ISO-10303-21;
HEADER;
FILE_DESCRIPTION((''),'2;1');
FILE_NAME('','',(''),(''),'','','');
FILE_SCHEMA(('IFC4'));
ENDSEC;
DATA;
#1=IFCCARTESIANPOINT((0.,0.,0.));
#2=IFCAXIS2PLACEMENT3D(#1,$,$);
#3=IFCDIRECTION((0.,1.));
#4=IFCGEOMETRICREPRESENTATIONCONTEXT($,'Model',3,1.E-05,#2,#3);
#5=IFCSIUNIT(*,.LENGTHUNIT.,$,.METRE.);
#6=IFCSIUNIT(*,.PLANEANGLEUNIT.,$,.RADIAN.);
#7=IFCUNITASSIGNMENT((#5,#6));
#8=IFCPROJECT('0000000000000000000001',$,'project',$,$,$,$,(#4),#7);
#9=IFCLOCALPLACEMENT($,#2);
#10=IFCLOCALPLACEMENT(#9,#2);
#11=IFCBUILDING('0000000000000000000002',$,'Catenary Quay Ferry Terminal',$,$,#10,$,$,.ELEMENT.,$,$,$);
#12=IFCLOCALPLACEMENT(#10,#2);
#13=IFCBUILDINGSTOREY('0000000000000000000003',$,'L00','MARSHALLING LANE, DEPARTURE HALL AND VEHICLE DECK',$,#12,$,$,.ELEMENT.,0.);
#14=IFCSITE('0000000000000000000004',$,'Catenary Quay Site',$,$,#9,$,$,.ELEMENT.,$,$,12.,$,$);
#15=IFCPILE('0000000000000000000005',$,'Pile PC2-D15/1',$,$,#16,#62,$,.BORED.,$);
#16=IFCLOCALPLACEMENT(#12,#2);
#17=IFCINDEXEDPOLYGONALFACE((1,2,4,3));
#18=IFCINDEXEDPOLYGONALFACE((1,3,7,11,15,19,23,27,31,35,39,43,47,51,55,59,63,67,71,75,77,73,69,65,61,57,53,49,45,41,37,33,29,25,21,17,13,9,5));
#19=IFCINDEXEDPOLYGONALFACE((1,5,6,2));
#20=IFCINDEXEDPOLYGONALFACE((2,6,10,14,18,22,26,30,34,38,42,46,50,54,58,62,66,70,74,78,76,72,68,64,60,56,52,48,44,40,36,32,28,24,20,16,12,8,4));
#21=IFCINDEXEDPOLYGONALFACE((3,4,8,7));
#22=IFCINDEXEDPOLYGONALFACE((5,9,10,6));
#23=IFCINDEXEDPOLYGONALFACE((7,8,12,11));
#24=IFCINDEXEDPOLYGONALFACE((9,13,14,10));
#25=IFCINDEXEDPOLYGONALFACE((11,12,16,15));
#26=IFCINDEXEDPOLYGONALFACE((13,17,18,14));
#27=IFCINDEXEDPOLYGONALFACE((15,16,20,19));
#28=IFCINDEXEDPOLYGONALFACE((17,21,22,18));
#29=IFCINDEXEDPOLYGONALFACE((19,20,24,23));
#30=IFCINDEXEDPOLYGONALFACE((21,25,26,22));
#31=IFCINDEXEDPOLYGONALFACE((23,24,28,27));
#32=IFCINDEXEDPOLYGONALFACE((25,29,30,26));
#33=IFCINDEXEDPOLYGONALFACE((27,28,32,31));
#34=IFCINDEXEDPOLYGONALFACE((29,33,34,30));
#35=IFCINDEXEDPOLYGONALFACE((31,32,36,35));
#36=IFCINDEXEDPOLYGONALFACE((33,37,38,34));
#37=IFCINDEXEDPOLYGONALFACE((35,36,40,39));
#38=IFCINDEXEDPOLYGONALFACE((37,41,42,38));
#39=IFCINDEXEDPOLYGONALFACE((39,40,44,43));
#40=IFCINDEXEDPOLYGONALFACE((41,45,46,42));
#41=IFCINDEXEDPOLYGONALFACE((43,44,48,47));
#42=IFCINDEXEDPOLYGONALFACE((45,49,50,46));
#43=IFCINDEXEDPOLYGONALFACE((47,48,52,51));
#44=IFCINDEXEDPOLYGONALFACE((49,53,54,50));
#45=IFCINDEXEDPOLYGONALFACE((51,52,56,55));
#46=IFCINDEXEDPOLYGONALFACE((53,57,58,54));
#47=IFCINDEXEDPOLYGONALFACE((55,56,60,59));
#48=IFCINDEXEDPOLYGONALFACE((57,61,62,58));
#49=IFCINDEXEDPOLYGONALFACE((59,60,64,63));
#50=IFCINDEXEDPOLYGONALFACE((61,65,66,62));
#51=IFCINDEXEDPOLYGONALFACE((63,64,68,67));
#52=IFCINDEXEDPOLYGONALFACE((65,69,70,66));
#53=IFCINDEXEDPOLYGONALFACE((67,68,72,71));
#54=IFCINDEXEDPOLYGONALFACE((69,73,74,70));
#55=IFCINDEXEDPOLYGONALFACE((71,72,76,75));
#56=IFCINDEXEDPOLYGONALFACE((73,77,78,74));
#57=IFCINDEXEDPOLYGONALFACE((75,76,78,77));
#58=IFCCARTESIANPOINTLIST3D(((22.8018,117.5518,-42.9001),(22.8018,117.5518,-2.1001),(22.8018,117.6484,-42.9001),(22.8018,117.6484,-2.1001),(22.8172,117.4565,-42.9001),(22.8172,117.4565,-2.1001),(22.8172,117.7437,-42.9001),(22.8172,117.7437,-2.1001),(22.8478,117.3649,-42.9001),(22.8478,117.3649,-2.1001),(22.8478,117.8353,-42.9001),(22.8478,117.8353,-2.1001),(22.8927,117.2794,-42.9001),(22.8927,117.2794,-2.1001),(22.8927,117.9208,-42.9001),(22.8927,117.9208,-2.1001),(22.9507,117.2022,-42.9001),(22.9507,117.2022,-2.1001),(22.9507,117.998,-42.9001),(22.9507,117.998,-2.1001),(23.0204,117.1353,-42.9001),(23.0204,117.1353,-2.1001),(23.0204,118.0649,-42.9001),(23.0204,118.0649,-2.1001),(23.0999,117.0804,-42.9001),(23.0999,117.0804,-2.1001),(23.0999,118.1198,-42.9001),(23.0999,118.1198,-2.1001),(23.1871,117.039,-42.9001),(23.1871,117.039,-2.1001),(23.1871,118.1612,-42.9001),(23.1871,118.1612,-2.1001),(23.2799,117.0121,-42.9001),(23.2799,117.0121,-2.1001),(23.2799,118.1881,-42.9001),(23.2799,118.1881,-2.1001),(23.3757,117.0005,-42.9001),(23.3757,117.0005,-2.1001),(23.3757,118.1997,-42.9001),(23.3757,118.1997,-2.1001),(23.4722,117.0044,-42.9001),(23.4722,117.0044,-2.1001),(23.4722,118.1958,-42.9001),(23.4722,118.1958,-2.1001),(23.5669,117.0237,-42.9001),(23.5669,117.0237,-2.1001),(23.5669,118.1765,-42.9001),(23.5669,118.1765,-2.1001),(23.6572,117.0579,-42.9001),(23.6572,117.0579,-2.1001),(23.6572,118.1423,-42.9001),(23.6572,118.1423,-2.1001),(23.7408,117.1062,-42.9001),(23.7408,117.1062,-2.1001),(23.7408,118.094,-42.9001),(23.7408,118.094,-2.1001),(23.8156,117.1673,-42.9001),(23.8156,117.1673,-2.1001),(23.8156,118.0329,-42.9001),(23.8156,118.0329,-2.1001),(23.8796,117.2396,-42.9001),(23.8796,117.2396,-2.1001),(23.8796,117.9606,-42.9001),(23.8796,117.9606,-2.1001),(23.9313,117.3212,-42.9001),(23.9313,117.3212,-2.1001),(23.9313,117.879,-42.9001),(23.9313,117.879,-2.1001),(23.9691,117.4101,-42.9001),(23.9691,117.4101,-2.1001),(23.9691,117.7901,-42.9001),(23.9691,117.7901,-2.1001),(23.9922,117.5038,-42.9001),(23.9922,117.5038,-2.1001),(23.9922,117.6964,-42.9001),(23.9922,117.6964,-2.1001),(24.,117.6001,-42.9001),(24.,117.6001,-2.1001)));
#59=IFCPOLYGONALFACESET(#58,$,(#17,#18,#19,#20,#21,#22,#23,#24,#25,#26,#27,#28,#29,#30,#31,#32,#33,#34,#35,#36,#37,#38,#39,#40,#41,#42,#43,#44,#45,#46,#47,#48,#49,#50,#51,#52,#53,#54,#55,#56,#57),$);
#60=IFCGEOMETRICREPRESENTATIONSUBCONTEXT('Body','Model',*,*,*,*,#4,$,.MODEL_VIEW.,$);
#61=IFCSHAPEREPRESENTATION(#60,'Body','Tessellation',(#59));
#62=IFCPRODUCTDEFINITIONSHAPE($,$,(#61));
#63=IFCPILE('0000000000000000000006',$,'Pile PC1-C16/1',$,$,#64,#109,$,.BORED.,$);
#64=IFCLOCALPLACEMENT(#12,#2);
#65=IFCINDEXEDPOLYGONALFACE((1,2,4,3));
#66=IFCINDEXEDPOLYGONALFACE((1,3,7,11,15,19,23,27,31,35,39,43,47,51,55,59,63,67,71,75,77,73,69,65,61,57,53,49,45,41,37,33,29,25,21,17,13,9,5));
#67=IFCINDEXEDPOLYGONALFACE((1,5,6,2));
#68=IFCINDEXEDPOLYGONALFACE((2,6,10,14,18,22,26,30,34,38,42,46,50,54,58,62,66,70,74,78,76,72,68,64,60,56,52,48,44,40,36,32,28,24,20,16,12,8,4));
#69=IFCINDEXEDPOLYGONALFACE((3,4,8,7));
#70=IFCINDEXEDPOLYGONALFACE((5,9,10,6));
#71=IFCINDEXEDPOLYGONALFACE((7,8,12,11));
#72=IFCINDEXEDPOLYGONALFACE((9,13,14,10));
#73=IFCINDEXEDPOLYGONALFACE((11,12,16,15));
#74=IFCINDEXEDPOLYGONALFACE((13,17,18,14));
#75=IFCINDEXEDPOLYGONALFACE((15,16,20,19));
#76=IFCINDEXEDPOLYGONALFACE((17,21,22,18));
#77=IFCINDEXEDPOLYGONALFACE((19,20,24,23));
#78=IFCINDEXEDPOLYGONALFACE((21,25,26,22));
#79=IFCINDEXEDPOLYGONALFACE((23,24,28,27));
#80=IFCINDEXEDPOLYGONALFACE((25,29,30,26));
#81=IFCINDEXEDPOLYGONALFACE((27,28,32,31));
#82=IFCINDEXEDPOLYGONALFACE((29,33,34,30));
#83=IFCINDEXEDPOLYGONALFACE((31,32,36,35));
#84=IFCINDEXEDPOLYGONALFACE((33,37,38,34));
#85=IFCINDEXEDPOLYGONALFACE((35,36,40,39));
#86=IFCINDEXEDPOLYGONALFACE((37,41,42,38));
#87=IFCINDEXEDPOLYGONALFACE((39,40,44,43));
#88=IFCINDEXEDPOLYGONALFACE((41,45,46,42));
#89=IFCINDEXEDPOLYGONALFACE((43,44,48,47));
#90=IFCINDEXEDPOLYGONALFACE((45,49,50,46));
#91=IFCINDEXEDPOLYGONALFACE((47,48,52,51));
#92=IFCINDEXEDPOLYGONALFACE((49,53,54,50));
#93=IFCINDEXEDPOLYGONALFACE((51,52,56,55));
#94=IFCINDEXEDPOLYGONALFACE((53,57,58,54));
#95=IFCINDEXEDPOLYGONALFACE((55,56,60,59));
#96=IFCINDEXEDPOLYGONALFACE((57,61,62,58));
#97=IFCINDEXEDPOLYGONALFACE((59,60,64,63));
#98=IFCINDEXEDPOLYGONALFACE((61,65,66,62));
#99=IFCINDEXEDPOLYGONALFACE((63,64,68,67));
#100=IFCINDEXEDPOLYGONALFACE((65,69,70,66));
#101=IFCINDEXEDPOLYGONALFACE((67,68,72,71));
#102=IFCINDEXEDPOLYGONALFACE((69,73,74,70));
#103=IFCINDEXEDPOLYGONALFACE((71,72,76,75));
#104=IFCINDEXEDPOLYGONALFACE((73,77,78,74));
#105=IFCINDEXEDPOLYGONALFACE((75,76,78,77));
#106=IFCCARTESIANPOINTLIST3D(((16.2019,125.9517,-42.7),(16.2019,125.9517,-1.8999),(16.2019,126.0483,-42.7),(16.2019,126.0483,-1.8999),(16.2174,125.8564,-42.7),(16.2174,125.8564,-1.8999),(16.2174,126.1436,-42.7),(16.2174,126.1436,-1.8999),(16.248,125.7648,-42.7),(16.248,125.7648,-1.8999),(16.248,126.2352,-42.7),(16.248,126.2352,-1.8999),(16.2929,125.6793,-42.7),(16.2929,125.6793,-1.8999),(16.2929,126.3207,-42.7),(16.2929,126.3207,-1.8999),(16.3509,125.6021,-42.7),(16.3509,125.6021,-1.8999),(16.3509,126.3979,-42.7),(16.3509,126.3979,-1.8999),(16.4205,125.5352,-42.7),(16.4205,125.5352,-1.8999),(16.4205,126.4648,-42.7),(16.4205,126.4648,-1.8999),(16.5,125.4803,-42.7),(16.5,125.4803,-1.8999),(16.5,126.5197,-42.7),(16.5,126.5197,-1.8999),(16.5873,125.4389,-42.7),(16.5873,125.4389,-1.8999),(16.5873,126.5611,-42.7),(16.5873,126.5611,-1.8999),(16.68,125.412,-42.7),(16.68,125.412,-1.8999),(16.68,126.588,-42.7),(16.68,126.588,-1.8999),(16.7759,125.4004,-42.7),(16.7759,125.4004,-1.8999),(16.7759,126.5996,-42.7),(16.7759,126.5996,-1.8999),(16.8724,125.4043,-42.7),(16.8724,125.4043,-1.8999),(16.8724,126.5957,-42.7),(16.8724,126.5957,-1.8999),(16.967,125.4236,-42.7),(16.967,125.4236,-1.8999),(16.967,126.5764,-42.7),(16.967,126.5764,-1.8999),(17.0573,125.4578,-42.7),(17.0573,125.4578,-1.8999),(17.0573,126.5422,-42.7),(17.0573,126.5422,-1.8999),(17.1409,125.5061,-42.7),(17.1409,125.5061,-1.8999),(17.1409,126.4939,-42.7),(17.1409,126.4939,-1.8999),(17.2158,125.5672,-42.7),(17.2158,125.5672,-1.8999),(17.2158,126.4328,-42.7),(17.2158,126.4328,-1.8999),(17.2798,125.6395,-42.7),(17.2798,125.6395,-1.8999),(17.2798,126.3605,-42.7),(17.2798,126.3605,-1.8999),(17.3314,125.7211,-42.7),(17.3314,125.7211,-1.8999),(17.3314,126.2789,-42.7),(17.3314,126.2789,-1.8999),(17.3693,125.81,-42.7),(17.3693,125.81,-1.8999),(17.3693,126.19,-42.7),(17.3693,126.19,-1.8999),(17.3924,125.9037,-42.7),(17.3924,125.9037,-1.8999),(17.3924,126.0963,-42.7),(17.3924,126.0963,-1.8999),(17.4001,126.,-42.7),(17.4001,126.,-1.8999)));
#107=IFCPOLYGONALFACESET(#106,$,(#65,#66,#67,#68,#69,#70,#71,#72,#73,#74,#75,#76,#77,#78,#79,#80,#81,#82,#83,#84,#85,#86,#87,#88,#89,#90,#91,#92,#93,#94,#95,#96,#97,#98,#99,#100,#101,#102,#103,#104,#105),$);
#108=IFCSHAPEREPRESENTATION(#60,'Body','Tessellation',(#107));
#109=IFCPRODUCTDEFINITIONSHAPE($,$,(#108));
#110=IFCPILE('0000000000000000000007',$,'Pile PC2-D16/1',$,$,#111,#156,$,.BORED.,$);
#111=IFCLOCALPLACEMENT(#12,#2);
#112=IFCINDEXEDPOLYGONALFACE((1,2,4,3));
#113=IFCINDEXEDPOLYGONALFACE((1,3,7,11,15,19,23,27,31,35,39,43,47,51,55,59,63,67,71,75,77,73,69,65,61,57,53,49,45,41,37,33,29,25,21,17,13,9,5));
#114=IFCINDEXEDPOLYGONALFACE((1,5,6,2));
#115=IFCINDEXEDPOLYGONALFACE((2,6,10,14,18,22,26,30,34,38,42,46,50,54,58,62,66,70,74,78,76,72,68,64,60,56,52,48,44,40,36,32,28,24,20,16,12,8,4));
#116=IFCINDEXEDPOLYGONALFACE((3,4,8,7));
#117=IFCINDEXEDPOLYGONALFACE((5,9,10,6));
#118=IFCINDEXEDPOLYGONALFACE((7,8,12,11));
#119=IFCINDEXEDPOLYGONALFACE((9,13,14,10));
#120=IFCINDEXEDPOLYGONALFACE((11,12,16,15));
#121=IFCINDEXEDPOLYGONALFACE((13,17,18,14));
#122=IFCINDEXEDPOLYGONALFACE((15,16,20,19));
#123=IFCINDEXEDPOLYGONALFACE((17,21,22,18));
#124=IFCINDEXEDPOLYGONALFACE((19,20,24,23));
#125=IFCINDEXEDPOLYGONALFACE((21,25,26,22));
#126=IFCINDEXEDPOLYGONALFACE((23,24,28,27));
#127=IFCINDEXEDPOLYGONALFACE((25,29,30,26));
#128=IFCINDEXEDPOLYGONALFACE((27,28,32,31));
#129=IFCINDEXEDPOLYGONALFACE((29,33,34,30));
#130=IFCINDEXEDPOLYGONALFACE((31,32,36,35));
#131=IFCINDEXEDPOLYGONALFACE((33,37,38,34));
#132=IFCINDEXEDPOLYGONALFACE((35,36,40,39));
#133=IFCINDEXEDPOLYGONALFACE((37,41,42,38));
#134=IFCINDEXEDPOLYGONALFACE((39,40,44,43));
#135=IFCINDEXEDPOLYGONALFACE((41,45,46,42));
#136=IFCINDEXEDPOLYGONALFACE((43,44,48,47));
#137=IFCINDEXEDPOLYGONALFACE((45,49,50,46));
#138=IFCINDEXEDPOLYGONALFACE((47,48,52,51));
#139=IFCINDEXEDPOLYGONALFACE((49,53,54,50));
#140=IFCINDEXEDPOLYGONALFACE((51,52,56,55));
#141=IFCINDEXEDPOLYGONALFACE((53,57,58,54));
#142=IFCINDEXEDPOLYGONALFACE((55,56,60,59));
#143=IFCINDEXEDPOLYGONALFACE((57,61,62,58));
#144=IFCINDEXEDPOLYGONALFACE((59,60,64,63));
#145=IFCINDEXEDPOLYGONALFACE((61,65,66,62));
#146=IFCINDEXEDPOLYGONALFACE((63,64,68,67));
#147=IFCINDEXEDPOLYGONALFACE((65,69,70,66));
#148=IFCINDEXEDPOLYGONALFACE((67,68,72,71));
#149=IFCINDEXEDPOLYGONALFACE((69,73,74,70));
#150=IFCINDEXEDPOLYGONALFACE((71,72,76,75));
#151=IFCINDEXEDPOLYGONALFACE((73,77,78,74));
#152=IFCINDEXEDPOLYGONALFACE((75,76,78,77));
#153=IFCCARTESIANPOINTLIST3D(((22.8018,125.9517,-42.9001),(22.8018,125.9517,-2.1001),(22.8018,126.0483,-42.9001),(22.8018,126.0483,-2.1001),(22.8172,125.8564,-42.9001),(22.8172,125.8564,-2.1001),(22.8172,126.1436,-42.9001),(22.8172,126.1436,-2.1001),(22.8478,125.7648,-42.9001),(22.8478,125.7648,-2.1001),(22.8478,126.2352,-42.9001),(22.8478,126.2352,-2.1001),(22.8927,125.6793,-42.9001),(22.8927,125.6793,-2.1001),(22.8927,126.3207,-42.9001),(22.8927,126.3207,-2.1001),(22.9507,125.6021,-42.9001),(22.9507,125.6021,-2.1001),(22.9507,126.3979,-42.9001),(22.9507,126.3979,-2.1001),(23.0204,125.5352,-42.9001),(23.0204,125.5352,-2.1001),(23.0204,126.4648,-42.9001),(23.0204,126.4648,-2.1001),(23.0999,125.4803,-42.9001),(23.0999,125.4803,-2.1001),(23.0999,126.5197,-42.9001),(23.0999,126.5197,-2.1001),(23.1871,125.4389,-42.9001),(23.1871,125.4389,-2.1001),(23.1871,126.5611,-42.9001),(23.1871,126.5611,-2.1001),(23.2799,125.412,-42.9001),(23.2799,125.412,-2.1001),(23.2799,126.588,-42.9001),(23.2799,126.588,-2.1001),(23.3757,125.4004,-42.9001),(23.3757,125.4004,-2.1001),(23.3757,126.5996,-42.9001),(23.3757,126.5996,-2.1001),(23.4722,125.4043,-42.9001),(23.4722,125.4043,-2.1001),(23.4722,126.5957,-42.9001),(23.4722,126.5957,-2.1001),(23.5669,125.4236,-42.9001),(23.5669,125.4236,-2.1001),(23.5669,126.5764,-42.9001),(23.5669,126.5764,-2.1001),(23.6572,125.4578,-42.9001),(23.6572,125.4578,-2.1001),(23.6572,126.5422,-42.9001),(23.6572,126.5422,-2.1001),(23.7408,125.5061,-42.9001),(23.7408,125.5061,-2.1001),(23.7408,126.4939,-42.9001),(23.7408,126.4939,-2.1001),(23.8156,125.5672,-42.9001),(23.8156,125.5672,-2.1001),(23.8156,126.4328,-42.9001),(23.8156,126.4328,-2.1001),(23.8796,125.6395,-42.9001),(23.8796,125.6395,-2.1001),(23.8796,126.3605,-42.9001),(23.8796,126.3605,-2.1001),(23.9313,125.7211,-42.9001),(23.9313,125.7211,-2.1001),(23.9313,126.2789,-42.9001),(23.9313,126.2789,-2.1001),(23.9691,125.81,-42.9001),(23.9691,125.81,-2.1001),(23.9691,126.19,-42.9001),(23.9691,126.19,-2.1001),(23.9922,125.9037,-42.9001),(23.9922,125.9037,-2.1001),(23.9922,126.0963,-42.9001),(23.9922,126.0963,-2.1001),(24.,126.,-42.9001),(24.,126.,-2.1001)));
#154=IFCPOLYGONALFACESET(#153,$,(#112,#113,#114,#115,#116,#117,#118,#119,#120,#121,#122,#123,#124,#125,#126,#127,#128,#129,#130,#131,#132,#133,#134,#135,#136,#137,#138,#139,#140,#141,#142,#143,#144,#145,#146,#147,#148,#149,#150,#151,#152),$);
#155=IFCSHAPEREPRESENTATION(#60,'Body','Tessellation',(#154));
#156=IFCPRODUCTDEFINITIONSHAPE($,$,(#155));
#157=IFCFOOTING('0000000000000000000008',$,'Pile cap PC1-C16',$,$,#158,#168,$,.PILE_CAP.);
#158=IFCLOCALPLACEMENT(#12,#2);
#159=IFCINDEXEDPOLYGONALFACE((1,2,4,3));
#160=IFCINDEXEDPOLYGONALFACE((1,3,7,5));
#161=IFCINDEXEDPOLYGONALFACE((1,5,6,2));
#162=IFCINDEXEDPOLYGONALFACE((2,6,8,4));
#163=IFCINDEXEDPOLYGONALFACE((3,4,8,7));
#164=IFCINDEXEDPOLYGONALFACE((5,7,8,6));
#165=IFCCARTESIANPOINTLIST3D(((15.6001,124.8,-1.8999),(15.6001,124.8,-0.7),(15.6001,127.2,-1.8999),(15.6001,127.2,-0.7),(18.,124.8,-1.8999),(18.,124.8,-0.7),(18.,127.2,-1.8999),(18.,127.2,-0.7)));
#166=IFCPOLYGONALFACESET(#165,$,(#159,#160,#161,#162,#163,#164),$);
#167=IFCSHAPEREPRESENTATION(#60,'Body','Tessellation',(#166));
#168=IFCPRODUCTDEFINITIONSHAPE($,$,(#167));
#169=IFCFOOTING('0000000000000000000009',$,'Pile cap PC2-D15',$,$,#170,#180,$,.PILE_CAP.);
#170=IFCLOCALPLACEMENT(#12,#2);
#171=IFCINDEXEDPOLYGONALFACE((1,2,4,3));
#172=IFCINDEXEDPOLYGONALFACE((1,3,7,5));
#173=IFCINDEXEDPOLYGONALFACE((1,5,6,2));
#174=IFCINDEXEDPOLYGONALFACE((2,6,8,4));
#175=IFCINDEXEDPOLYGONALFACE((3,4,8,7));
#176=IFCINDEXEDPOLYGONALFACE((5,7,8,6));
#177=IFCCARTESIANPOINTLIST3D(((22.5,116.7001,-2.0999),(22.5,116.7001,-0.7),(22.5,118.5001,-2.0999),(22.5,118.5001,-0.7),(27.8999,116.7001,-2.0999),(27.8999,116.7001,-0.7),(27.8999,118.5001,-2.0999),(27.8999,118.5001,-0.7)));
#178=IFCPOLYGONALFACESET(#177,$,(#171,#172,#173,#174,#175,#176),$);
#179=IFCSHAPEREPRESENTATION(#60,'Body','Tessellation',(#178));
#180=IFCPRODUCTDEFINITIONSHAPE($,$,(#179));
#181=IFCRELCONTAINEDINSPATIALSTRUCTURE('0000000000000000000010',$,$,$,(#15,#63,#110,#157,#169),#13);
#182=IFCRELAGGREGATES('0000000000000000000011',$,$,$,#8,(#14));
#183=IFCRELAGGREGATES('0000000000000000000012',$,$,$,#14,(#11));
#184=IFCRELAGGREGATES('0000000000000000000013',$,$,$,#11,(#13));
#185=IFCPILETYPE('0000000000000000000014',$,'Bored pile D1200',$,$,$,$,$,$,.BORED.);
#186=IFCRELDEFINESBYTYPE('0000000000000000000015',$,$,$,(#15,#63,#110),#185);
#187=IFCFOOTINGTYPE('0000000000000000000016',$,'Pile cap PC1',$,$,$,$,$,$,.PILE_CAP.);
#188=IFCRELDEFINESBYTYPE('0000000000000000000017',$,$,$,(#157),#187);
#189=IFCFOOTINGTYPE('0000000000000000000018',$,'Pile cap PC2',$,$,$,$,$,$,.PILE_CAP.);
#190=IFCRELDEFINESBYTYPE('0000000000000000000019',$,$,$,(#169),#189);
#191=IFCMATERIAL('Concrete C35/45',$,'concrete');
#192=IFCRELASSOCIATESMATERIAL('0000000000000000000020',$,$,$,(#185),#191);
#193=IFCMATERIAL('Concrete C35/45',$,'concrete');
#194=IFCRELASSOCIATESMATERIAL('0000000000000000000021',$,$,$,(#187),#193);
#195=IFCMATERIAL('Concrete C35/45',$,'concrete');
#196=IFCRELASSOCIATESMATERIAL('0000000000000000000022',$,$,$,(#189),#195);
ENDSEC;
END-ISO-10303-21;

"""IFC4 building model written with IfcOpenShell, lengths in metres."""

from ifc_helpers import new_model, si_unit, direction, frame, origin, origin_2d, place, context, subcontext, project, spatial, rectangle, circle, extrude, material, material_profile, profile_set, type_object, element, save


model = new_model("IFC4")

# Units and contexts
model_context = context("Model", 3, precision=1e-05, world=origin(), true_north=direction((0.0, 1.0)))
body_context = subcontext(model_context, "Body", "Model", "MODEL_VIEW")
ifc_project = project(units=[si_unit("LENGTHUNIT", "METRE"), si_unit("PLANEANGLEUNIT", "RADIAN")], contexts=[model_context])

# Site, building, storey
site_placement = place(None, origin())
site = spatial("IfcSite", under=ifc_project, at=site_placement, Name="Catenary Quay Site", CompositionType="ELEMENT", RefElevation=12.0)
building_placement = place(site_placement, origin())
building = spatial("IfcBuilding", under=site, at=building_placement, Name="Catenary Quay Ferry Terminal", CompositionType="ELEMENT")
storey_placement = place(building_placement, origin())
storey = spatial("IfcBuildingStorey", under=building, at=storey_placement, Name="L00", Description="MARSHALLING LANE, DEPARTURE HALL AND VEHICLE DECK", CompositionType="ELEMENT", Elevation=0.0)

# Piles
ifc_material_1 = material(Name="Concrete C35/45", Category="concrete")
ifc_material_profile_1 = material_profile(ifc_material_1, circle(Radius=0.6001, at=origin_2d()), Name="D1200")
ifc_profile_set_1 = profile_set([ifc_material_profile_1], Name="Concrete C35/45")
pile_type = type_object("IfcPileType", Name="Bored pile D1200", PredefinedType="BORED", material=ifc_profile_set_1)
for number, where, z_axis, x_axis, name in (
    (1, (23.3999, 117.6001, -2.1001), (0.0, 0.0, -1.0), (1.0, 0.0, 0.0), "Pile PC2-D15/1"),
    (2, (16.8, 126.0, -1.8999), (0.0, 0.0, -1.0), (1.0, 0.0, 0.0), "Pile PC1-C16/1"),
    (3, (23.3999, 126.0, -2.1001), (0.0, 0.0, -1.0), (1.0, 0.0, 0.0), "Pile PC2-D16/1"),
):
    element("IfcPile", number, at=place(storey_placement, frame(where, z_axis=z_axis, x_axis=x_axis)), inside=storey, type_object=pile_type, Name=name, PredefinedType="BORED", context=body_context, shape_type="SweptSolid", body=[
        extrude(circle(Radius=0.6001, at=origin_2d()), origin(), (0.0, 0.0, 1.0), 40.8),
    ])

# Footings
ifc_material_2 = material(Name="Concrete C35/45", Category="concrete")
footing_type_1 = type_object("IfcFootingType", Name="Pile cap PC1", PredefinedType="PILE_CAP", material=ifc_material_2)
footing_1_placement = place(storey_placement, frame((16.8, 126.0, -1.8999), z_axis=(0.0, 0.0, 1.0), x_axis=(1.0, 0.0, 0.0)))
element("IfcFooting", 4, at=footing_1_placement, inside=storey, type_object=footing_type_1, Name="Pile cap PC1-C16", PredefinedType="PILE_CAP", context=body_context, shape_type="SweptSolid", body=[
    extrude(rectangle(XDim=2.3999, YDim=2.3999, at=origin_2d()), origin(), (0.0, 0.0, 1.0), 1.2),
])
ifc_material_3 = material(Name="Concrete C35/45", Category="concrete")
footing_type_2 = type_object("IfcFootingType", Name="Pile cap PC2", PredefinedType="PILE_CAP", material=ifc_material_3)
footing_2_placement = place(storey_placement, frame((25.2, 117.6001, -2.0999), z_axis=(0.0, 0.0, 1.0), x_axis=(1.0, 0.0, 0.0)))
element("IfcFooting", 5, at=footing_2_placement, inside=storey, type_object=footing_type_2, Name="Pile cap PC2-D15", PredefinedType="PILE_CAP", context=body_context, shape_type="SweptSolid", body=[
    extrude(rectangle(XDim=5.3999, YDim=1.8, at=origin_2d()), origin(), (0.0, 0.0, 1.0), 1.3999),
])

save(model, "model.ifc")
